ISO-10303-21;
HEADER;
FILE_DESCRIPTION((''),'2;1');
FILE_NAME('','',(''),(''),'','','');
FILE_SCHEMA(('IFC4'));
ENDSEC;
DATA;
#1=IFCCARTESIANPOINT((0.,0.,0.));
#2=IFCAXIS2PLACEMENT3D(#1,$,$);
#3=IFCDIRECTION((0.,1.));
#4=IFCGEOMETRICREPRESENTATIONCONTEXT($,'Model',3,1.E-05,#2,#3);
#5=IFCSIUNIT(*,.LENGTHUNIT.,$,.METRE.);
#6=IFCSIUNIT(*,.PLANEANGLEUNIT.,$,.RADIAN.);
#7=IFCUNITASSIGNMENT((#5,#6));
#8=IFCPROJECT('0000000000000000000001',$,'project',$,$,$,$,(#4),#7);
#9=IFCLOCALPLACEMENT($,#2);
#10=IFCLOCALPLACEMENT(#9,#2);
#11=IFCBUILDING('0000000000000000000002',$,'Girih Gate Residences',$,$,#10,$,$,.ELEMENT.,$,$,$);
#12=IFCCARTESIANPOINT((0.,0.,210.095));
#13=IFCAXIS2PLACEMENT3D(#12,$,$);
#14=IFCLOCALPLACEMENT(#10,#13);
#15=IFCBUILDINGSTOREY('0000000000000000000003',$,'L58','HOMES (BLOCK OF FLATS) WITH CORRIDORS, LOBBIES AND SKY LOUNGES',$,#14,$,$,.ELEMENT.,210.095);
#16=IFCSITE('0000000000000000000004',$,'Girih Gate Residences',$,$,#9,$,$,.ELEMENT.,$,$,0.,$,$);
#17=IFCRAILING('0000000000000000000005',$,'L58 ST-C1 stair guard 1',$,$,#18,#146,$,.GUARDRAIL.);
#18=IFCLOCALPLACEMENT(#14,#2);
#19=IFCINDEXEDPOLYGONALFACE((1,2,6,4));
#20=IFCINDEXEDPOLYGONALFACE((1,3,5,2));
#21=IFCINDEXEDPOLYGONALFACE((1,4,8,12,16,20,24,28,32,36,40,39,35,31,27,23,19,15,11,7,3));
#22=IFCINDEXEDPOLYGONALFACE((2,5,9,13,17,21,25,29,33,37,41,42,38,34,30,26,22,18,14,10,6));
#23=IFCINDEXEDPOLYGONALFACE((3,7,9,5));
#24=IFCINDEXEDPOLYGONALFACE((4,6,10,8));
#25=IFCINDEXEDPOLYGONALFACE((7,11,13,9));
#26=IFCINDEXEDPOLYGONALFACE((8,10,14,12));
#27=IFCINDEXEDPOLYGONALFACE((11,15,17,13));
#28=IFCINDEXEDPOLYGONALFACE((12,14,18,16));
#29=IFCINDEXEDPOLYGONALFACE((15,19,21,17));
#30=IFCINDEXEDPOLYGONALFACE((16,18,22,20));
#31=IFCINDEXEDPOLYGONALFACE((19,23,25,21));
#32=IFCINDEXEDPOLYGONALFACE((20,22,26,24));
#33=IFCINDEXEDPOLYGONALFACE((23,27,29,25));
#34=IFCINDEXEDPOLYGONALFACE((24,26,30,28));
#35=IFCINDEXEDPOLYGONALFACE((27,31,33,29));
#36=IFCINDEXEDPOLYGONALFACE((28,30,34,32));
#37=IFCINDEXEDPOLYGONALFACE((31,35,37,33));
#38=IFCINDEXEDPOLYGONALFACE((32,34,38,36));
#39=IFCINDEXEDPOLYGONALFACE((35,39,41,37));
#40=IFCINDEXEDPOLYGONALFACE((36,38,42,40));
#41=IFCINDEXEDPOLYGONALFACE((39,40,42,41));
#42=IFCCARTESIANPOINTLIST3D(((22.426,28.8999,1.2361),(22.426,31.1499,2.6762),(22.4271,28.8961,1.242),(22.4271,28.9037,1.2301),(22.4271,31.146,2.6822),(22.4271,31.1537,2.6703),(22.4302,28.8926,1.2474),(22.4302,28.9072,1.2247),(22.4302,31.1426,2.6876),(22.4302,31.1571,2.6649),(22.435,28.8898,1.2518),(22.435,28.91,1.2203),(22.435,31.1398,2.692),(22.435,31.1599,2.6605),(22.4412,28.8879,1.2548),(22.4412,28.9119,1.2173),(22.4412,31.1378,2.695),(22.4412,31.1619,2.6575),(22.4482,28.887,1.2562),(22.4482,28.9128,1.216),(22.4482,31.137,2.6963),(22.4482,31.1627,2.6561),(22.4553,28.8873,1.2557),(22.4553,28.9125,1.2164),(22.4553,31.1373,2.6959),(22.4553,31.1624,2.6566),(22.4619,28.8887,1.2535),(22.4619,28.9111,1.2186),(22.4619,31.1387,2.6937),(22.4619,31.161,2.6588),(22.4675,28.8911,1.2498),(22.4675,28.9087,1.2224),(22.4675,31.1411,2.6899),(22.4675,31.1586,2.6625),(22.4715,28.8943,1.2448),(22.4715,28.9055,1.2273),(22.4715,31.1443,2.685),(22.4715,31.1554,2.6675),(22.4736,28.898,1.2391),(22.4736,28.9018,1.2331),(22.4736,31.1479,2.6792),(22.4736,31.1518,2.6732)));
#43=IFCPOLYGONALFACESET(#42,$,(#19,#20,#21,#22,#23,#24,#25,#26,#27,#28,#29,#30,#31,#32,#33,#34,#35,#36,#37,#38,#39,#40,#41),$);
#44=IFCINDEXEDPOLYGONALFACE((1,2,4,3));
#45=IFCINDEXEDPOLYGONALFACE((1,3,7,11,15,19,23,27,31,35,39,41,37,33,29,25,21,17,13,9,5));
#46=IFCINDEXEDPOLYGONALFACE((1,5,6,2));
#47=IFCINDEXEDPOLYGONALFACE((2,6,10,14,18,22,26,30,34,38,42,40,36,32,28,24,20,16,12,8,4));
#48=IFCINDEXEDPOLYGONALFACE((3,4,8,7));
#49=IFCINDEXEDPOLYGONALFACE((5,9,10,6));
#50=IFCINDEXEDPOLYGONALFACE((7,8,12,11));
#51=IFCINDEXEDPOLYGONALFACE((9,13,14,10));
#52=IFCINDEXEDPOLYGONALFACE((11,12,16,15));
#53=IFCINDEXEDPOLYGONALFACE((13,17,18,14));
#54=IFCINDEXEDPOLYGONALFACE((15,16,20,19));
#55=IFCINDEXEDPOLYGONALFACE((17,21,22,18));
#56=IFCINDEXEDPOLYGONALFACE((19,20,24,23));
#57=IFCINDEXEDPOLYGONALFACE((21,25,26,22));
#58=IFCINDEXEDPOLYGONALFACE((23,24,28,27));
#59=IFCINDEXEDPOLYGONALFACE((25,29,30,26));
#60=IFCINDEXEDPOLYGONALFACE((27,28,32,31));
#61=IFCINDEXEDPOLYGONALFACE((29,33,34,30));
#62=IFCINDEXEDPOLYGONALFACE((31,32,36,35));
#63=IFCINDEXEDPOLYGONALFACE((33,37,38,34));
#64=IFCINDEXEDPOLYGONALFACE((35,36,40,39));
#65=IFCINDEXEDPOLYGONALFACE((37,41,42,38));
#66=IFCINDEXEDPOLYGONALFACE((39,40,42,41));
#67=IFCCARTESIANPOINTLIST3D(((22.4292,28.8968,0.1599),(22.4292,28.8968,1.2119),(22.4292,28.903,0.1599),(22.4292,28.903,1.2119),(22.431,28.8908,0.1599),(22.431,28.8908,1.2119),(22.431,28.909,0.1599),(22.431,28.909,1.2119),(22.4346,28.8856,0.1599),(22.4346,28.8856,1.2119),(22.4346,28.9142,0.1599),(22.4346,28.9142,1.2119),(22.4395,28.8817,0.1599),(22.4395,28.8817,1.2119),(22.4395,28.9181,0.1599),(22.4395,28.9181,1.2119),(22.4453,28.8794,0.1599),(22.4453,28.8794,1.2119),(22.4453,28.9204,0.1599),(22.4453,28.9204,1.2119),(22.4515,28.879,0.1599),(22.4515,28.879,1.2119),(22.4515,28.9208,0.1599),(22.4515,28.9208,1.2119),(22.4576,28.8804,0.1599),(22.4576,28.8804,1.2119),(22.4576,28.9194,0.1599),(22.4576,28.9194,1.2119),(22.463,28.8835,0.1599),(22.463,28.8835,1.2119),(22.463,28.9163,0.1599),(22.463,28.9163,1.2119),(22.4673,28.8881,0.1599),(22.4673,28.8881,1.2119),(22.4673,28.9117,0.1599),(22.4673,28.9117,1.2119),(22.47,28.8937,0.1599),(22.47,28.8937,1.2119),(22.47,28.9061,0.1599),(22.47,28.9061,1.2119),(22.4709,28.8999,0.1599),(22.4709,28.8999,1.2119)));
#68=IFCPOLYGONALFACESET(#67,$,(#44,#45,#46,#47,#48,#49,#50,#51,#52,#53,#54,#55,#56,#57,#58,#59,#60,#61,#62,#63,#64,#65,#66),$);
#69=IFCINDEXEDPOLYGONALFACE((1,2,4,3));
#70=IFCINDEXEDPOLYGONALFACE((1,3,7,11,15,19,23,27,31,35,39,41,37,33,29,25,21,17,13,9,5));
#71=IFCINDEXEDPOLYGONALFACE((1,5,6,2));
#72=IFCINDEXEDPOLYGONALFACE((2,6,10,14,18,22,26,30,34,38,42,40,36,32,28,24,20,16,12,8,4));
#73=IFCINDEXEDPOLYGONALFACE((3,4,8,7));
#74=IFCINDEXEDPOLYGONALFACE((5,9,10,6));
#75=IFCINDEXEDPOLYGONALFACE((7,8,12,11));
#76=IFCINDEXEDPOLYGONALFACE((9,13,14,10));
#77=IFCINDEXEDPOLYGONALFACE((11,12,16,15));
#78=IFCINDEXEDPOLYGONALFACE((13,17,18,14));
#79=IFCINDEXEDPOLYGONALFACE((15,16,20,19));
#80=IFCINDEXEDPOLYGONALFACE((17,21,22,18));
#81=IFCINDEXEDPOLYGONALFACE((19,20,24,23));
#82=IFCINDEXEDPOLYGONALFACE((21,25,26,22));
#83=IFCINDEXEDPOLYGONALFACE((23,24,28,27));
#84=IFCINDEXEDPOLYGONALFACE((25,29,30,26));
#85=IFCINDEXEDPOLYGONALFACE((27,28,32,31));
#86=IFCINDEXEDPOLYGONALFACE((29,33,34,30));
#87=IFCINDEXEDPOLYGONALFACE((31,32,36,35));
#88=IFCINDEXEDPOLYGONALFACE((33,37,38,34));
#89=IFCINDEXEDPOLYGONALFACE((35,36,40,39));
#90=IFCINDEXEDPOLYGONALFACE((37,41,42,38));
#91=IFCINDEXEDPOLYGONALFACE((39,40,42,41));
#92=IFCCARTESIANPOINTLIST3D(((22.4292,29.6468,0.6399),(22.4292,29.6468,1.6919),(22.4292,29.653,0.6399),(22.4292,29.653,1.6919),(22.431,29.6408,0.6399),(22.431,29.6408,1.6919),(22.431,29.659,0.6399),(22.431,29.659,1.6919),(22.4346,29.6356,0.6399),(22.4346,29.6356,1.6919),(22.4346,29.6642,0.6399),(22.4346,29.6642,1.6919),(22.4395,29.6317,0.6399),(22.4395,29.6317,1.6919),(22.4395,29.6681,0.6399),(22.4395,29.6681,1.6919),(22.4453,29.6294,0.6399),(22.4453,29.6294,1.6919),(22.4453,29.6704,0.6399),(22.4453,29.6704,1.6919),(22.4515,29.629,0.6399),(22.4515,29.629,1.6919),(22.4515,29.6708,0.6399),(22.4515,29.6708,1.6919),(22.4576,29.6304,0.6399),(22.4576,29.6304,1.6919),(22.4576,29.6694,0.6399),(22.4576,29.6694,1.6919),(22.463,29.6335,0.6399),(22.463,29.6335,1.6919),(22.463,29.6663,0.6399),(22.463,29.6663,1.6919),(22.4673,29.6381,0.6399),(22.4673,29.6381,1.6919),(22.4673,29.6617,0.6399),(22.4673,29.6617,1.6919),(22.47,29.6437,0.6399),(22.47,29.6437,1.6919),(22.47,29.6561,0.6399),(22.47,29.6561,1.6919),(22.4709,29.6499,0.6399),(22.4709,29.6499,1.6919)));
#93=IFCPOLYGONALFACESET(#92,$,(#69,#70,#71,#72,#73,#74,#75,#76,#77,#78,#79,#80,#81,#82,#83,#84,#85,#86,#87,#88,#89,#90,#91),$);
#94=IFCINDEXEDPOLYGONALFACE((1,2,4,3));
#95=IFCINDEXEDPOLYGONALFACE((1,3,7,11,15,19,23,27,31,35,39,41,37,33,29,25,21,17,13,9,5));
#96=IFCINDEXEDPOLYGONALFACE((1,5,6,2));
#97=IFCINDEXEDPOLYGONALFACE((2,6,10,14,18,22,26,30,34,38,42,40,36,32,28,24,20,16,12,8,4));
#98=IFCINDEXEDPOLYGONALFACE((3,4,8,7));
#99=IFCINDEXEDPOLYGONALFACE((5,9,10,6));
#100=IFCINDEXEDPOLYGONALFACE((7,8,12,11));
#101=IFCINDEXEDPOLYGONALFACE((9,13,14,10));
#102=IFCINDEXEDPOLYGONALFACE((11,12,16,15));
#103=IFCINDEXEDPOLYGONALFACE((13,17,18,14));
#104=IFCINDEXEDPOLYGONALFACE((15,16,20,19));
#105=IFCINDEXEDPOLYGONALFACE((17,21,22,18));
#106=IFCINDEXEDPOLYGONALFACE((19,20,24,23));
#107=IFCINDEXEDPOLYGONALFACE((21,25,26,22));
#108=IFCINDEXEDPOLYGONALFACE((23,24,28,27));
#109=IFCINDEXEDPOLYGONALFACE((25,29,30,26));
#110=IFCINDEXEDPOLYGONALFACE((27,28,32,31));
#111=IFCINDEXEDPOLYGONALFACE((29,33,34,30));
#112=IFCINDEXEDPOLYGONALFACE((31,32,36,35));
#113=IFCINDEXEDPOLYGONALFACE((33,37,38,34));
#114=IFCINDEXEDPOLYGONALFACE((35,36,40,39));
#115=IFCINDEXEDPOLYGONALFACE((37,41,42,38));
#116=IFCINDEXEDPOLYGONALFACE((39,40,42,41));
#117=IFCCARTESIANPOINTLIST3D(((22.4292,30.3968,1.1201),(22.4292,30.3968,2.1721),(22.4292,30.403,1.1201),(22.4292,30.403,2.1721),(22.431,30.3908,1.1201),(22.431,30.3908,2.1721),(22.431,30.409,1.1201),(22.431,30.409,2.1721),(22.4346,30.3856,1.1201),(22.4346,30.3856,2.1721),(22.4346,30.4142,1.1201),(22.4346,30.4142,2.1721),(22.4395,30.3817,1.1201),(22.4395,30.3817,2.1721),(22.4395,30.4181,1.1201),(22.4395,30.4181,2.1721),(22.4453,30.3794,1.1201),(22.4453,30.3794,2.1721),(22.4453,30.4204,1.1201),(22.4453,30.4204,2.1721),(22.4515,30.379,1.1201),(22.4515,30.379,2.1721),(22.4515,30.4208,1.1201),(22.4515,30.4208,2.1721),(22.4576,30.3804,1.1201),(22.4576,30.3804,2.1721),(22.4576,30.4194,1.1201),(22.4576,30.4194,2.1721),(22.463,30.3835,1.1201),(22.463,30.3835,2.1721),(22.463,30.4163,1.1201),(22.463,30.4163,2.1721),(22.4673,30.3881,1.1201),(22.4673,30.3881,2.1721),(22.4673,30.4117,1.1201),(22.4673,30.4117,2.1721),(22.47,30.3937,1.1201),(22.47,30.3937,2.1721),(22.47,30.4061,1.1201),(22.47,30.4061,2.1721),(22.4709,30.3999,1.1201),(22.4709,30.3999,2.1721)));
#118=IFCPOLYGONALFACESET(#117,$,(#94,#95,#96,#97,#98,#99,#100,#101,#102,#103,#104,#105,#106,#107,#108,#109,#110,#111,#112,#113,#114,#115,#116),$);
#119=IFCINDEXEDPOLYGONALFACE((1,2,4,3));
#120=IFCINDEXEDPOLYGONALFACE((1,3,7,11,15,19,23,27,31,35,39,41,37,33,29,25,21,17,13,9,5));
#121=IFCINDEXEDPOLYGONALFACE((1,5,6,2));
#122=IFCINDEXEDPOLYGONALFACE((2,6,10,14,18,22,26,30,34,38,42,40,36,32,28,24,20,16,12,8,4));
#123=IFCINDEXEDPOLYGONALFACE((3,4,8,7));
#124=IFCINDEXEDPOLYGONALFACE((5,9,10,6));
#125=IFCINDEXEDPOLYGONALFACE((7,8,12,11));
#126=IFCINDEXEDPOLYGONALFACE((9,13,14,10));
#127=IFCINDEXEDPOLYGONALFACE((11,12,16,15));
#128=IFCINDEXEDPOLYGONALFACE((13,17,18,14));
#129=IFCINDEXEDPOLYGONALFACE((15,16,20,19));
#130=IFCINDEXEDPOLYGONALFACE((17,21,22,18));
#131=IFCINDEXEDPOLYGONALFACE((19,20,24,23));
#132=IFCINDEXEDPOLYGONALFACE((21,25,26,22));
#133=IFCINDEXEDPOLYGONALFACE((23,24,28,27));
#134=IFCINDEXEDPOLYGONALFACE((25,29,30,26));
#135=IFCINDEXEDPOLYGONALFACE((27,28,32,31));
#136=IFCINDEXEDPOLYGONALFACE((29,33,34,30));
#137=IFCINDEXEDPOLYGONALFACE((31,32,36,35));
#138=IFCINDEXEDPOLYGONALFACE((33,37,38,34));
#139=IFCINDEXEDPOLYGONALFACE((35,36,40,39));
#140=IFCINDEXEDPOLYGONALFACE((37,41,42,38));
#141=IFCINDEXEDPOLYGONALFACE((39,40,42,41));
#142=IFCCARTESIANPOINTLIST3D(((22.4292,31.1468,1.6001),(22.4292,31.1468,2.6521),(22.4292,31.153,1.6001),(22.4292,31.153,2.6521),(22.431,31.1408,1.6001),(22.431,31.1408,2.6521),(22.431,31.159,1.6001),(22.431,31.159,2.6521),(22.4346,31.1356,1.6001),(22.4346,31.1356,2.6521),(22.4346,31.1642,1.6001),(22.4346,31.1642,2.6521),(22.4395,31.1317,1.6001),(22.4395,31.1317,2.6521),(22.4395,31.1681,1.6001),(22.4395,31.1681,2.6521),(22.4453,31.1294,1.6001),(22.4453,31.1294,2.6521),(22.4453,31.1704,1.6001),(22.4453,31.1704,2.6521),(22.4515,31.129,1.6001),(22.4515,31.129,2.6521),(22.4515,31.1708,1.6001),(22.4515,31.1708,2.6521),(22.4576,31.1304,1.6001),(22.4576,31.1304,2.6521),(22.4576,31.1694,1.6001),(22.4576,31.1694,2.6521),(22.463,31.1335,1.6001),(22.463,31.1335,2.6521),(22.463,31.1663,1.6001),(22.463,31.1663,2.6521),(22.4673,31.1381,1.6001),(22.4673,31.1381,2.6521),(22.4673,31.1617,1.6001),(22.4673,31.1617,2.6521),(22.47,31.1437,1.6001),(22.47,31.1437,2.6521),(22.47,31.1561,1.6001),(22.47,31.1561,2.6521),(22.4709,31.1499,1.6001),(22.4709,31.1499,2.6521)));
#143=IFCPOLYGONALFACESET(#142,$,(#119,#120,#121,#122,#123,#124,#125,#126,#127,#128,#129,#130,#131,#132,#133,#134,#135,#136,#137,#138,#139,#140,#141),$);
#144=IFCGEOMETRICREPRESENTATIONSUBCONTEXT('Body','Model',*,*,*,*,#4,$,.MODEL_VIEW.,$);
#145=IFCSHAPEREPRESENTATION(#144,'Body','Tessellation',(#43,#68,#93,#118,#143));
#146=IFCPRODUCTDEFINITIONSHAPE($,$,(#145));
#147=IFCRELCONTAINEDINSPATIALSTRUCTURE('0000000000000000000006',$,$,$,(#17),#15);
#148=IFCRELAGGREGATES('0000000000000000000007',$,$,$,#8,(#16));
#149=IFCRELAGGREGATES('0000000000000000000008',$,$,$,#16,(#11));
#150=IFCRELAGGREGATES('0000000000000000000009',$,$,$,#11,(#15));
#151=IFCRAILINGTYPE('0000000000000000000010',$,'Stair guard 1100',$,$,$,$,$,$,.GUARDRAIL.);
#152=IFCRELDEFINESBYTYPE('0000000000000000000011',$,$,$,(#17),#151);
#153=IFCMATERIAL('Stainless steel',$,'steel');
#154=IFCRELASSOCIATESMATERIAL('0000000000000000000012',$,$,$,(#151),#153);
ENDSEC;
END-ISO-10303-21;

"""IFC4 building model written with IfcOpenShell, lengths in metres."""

from ifc_helpers import new_model, si_unit, direction, frame, origin, origin_2d, place, context, subcontext, project, spatial, circle, extrude, material, type_object, element, save


model = new_model("IFC4")

# Units and contexts
model_context = context("Model", 3, precision=1e-05, world=origin(), true_north=direction((0.0, 1.0)))
body_context = subcontext(model_context, "Body", "Model", "MODEL_VIEW")
ifc_project = project(units=[si_unit("LENGTHUNIT", "METRE"), si_unit("PLANEANGLEUNIT", "RADIAN")], contexts=[model_context])

# Site, building, storey
site_placement = place(None, origin())
site = spatial("IfcSite", under=ifc_project, at=site_placement, Name="Girih Gate Residences", CompositionType="ELEMENT", RefElevation=0.0)
building_placement = place(site_placement, origin())
building = spatial("IfcBuilding", under=site, at=building_placement, Name="Girih Gate Residences", CompositionType="ELEMENT")
storey_placement = place(building_placement, frame((0.0, 0.0, 210.095)))
storey = spatial("IfcBuildingStorey", under=building, at=storey_placement, Name="L58", Description="HOMES (BLOCK OF FLATS) WITH CORRIDORS, LOBBIES AND SKY LOUNGES", CompositionType="ELEMENT", Elevation=210.095)

# Railing
ifc_material_1 = material(Name="Stainless steel", Category="steel")
railing_type_1 = type_object("IfcRailingType", Name="Stair guard 1100", PredefinedType="GUARDRAIL", material=ifc_material_1)
railing_1_placement = place(storey_placement, frame((22.45, 28.8999, 0.1599)))
element("IfcRailing", 1, at=railing_1_placement, inside=storey, type_object=railing_type_1, Name="L58 ST-C1 stair guard 1", PredefinedType="GUARDRAIL", context=body_context, shape_type="SweptSolid", body=[
    extrude(circle(Radius=0.0239, at=origin_2d()), frame((0.0, 0.0, 1.0762), z_axis=(0.0, 0.84224, 0.539103), x_axis=(-1.0, 0.0, 0.0)), (0.0, 0.0, 1.0), 2.6714),
    extrude(circle(Radius=0.021, at=origin_2d()), origin(), (0.0, 0.0, 1.0), 1.052),
    extrude(circle(Radius=0.021, at=origin_2d()), frame((0.0, 0.75, 0.48)), (0.0, 0.0, 1.0), 1.052),
    extrude(circle(Radius=0.021, at=origin_2d()), frame((0.0, 1.5, 0.9602)), (0.0, 0.0, 1.0), 1.052),
    extrude(circle(Radius=0.021, at=origin_2d()), frame((0.0, 2.25, 1.4402)), (0.0, 0.0, 1.0), 1.052),
])

save(model, "model.ifc")
